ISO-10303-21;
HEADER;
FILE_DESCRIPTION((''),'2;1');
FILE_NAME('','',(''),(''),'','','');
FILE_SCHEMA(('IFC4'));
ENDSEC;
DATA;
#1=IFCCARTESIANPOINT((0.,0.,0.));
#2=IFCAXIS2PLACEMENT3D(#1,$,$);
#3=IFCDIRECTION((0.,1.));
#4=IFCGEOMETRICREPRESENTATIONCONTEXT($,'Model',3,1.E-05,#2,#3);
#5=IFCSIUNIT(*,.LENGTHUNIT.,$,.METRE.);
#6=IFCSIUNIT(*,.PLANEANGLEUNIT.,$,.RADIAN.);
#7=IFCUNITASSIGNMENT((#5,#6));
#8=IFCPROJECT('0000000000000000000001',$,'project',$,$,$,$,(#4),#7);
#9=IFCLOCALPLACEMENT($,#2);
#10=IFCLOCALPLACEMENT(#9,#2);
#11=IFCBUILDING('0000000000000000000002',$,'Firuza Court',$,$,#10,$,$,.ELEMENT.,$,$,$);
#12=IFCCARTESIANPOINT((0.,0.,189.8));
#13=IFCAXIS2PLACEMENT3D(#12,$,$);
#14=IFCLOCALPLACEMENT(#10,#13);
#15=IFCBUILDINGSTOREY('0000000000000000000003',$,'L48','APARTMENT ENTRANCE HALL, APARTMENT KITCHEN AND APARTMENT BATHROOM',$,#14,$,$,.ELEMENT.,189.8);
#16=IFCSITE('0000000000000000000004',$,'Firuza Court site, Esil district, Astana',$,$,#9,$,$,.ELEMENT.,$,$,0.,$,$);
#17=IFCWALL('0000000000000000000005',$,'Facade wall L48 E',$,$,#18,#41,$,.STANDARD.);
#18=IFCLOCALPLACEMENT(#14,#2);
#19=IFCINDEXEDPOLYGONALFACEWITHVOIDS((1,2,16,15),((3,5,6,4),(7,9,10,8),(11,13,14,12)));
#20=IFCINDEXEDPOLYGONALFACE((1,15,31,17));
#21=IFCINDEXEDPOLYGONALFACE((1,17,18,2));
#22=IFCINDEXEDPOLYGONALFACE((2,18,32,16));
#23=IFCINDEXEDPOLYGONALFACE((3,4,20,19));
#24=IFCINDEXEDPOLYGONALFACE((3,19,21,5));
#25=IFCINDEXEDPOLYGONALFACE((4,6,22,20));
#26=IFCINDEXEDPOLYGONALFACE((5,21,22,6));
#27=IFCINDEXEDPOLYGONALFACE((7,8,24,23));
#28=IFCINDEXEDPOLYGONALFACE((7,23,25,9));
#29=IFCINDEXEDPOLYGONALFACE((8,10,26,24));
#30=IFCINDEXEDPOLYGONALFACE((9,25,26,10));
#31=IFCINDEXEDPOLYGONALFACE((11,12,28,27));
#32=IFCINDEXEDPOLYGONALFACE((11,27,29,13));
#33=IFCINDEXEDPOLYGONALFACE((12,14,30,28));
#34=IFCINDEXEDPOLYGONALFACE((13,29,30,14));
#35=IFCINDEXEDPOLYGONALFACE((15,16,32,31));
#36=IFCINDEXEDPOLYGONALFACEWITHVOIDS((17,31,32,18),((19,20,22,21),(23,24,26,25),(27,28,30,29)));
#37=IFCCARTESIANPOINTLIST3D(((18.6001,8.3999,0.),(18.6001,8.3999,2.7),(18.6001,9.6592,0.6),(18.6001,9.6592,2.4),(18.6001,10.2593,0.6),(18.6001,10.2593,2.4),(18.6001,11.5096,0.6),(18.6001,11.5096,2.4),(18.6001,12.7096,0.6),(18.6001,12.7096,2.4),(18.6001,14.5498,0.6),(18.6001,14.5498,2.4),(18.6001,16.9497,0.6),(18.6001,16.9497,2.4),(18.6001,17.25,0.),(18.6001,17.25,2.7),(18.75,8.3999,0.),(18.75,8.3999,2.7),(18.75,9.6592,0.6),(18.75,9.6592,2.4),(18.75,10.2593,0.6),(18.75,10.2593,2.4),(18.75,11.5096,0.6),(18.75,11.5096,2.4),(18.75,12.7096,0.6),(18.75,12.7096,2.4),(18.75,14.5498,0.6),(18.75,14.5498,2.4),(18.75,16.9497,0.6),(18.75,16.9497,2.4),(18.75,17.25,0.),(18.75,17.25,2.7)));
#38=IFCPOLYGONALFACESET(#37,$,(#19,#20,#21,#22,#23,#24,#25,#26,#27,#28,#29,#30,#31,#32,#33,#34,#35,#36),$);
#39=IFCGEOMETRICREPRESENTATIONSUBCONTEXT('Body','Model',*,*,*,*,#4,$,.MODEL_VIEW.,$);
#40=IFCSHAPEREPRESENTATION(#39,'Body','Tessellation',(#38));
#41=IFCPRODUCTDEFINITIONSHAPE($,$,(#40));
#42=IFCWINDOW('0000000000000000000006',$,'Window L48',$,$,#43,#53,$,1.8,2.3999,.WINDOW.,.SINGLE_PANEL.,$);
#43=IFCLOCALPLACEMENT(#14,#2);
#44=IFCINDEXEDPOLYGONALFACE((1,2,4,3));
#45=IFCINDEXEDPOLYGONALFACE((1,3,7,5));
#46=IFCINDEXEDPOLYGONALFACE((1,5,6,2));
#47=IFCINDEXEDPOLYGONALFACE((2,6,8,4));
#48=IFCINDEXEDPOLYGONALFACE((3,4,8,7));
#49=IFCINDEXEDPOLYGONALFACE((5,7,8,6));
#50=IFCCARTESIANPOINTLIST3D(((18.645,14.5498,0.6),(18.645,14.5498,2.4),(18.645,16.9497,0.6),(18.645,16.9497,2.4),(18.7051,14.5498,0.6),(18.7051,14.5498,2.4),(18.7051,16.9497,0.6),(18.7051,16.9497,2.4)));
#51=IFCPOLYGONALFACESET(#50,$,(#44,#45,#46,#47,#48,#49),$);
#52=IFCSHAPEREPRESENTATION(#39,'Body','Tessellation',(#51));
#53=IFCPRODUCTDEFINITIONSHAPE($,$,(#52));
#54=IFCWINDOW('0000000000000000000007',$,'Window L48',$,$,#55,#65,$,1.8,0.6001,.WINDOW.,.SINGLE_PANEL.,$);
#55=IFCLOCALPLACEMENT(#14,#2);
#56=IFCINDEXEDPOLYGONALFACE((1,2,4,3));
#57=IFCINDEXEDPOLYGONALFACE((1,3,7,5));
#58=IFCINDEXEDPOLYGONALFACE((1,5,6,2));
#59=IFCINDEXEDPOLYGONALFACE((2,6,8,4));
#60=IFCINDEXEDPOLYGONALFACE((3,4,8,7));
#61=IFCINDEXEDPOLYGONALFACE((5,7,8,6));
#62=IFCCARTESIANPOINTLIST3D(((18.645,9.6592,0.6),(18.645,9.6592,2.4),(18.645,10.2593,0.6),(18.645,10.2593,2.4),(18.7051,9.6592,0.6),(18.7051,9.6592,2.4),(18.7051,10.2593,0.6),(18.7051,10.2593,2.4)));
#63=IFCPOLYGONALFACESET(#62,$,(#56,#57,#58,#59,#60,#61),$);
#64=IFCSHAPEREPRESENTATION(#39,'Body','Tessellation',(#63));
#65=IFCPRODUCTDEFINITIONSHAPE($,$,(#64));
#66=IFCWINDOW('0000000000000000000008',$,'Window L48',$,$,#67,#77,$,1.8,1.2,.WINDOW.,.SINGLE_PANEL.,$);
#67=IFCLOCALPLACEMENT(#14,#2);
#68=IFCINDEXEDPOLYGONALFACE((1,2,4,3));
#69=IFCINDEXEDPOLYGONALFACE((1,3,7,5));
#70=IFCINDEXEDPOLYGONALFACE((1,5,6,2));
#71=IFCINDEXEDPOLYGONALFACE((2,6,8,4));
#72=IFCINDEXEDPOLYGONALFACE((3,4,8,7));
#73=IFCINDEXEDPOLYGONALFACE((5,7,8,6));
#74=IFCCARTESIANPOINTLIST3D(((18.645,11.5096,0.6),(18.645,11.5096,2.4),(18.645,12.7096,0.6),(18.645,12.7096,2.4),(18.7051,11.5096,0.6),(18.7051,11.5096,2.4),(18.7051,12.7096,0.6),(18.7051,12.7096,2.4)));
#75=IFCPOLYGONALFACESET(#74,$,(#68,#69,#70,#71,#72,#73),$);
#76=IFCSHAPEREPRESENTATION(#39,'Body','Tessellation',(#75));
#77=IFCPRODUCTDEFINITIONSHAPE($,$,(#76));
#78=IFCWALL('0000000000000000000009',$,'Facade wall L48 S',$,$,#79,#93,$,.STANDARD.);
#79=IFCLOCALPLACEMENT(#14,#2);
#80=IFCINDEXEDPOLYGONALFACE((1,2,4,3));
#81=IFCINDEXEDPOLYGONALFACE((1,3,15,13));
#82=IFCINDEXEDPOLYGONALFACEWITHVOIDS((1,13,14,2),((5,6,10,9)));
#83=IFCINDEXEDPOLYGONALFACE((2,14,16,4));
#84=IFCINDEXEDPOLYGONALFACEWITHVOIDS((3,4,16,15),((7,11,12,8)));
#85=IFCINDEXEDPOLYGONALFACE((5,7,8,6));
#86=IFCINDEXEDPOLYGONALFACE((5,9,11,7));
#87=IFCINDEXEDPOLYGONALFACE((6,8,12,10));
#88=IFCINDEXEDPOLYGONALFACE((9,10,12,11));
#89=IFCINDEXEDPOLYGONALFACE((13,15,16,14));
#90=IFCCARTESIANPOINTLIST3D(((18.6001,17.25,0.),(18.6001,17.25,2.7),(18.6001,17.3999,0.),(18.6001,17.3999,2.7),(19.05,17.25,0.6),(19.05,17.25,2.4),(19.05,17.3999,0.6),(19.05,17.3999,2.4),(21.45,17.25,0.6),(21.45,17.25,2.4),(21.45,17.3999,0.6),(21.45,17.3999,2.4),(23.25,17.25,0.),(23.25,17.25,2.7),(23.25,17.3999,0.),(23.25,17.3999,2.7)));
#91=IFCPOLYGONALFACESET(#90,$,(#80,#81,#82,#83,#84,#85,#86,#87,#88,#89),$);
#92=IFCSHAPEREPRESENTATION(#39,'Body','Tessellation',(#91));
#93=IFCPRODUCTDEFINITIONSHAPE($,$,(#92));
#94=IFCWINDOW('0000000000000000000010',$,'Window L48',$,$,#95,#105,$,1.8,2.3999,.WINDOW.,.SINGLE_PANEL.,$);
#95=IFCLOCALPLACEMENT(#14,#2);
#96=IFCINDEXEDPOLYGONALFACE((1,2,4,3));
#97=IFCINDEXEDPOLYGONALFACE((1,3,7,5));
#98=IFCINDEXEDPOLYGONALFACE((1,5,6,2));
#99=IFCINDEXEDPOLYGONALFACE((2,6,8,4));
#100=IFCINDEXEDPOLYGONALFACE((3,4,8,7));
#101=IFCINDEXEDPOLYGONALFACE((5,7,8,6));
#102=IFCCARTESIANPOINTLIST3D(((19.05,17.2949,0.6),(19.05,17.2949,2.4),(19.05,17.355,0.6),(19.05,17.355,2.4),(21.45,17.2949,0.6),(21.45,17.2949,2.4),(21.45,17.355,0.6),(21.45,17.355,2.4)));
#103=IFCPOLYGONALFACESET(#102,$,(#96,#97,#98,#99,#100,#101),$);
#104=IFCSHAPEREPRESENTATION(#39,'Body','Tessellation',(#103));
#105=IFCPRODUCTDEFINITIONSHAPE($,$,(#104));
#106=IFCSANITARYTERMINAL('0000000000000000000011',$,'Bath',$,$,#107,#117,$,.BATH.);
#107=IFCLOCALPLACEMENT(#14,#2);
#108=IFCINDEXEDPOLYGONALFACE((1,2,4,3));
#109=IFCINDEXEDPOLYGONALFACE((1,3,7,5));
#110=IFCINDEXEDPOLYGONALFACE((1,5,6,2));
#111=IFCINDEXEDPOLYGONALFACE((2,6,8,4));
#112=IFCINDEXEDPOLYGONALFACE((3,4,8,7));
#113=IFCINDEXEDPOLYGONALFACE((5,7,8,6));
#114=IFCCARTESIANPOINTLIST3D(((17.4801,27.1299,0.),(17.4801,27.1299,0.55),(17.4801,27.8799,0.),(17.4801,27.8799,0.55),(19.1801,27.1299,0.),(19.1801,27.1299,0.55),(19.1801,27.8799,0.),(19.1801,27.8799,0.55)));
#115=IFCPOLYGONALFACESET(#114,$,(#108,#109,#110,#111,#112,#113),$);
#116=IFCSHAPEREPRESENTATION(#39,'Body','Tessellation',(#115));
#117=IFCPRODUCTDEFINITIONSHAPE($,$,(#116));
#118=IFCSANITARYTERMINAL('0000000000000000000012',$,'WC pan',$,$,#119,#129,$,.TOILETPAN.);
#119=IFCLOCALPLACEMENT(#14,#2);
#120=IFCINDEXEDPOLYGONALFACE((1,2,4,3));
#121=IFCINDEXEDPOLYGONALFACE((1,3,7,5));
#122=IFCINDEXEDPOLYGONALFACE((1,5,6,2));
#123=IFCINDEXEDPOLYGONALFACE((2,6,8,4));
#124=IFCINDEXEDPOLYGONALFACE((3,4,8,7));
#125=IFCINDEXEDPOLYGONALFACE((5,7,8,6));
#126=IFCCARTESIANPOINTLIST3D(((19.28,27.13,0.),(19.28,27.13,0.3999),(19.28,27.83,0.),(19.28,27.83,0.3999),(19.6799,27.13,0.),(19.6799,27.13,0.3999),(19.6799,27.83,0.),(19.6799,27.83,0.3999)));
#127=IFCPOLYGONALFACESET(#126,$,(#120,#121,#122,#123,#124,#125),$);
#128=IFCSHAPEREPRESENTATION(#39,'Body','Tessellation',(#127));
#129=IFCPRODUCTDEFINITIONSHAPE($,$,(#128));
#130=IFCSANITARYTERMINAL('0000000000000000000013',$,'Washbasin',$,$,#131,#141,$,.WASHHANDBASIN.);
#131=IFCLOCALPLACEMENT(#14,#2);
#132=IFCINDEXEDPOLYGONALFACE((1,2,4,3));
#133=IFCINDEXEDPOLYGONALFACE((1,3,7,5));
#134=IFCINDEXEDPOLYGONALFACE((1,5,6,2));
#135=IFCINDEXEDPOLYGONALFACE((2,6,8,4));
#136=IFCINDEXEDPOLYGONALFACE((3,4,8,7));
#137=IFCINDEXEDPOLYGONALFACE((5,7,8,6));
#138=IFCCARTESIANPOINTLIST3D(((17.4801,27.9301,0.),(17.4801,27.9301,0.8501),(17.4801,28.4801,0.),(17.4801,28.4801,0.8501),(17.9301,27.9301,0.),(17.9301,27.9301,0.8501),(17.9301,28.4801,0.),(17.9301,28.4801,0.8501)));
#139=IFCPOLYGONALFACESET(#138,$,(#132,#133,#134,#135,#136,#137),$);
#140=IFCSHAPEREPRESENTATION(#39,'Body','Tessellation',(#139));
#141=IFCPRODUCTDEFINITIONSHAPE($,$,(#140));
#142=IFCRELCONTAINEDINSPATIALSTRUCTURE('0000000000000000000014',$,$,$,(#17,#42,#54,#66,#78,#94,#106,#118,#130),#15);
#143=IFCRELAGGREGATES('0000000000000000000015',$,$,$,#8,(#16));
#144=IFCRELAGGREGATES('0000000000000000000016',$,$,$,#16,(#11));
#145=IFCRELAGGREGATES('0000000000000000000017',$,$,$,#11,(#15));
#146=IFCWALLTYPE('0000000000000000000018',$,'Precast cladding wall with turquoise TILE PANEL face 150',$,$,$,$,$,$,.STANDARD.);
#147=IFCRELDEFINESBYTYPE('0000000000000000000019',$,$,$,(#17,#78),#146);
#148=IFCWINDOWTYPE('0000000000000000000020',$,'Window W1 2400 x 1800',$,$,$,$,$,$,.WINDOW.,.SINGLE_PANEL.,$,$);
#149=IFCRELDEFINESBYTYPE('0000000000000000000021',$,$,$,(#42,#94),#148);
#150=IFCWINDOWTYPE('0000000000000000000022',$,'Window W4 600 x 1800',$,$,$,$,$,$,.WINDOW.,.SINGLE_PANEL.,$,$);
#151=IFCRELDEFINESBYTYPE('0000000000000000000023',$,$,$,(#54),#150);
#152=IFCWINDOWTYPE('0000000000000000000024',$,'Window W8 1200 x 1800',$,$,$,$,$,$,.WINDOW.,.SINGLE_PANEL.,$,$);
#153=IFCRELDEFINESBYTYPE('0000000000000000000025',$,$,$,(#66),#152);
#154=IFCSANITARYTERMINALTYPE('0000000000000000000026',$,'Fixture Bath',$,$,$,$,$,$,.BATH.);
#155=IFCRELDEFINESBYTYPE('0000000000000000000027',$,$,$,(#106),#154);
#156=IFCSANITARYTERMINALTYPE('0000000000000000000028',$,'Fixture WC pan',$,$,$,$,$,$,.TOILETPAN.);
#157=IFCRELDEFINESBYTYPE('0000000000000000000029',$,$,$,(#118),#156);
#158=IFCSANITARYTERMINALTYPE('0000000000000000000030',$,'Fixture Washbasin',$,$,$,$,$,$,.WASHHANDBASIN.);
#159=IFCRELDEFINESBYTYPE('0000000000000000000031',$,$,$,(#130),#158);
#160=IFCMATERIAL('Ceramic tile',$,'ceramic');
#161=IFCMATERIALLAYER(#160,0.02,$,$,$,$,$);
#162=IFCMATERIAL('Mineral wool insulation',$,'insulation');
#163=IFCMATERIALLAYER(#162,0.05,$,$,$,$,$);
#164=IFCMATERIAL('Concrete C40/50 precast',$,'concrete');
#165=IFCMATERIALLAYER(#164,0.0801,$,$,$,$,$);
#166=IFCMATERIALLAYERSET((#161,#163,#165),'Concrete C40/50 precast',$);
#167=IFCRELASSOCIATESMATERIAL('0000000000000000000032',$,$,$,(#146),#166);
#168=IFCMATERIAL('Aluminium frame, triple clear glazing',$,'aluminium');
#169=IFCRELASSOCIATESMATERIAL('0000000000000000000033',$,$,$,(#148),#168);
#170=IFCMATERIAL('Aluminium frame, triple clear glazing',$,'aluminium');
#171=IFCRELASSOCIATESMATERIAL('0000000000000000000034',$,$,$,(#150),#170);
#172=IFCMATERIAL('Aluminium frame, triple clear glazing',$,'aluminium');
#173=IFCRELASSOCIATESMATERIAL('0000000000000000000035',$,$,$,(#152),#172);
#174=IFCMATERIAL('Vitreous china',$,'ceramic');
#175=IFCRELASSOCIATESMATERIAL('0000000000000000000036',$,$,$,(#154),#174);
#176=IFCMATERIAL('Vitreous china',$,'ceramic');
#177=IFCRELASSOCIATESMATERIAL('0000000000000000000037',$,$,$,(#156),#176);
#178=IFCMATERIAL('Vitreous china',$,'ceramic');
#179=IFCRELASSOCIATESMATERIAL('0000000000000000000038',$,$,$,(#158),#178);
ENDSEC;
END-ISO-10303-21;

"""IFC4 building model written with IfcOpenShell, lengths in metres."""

from ifc_helpers import new_model, si_unit, direction, frame, frame_2d, origin, origin_2d, place, context, subcontext, project, spatial, rectangle, extrude, material, layer, layer_set, type_object, element, fill, save


model = new_model("IFC4")

# Units and contexts
model_context = context("Model", 3, precision=1e-05, world=origin(), true_north=direction((0.0, 1.0)))
body_context = subcontext(model_context, "Body", "Model", "MODEL_VIEW")
ifc_project = project(units=[si_unit("LENGTHUNIT", "METRE"), si_unit("PLANEANGLEUNIT", "RADIAN")], contexts=[model_context])

# Site, building, storey
site_placement = place(None, origin())
site = spatial("IfcSite", under=ifc_project, at=site_placement, Name="Firuza Court site, Esil district, Astana", CompositionType="ELEMENT", RefElevation=0.0)
building_placement = place(site_placement, origin())
building = spatial("IfcBuilding", under=site, at=building_placement, Name="Firuza Court", CompositionType="ELEMENT")
storey_placement = place(building_placement, frame((0.0, 0.0, 189.8)))
storey = spatial("IfcBuildingStorey", under=building, at=storey_placement, Name="L48", Description="APARTMENT ENTRANCE HALL, APARTMENT KITCHEN AND APARTMENT BATHROOM", CompositionType="ELEMENT", Elevation=189.8)

# Wall, openings, windows
ifc_material_1 = material(Name="Ceramic tile", Category="ceramic")
ifc_layer_1 = layer(ifc_material_1, 0.02)
ifc_material_2 = material(Name="Mineral wool insulation", Category="insulation")
ifc_layer_2 = layer(ifc_material_2, 0.05)
ifc_material_3 = material(Name="Concrete C40/50 precast", Category="concrete")
ifc_layer_3 = layer(ifc_material_3, 0.0801)
ifc_layer_set_1 = layer_set([ifc_layer_1, ifc_layer_2, ifc_layer_3], Name="Concrete C40/50 precast")
wall_type_1 = type_object("IfcWallType", Name="Precast cladding wall with turquoise TILE PANEL face 150", PredefinedType="STANDARD", material=ifc_layer_set_1)
wall_1_placement = place(storey_placement, frame((18.675, 8.3999, 0.0), z_axis=(0.0, 0.0, 1.0), x_axis=(0.0, 1.0, 0.0)))
wall_1 = element("IfcWall", 1, at=wall_1_placement, inside=storey, type_object=wall_type_1, Name="Facade wall L48 E", PredefinedType="STANDARD", context=body_context, shape_type="SweptSolid", body=[
    extrude(rectangle(XDim=8.8501, YDim=0.1499, at=frame_2d((4.425, 0.0))), origin(), (0.0, 0.0, 1.0), 2.7),
])
opening_1_placement = place(wall_1_placement, frame((1.2593, 0.0, 0.6001)))
opening_1 = element("IfcOpeningElement", 2, at=opening_1_placement, cuts=wall_1, PredefinedType="OPENING", context=body_context, shape_type="SweptSolid", body=[
    extrude(rectangle(XDim=0.6001, YDim=1.8, at=frame_2d((0.3, 0.8999))), frame((0.0, 0.0869, 0.0), z_axis=(0.0, -1.0, 0.0), x_axis=(1.0, 0.0, 0.0)), (0.0, 0.0, 1.0), 0.1738),
])
opening_2_placement = place(wall_1_placement, frame((3.1096, 0.0, 0.6001)))
opening_2 = element("IfcOpeningElement", 3, at=opening_2_placement, cuts=wall_1, PredefinedType="OPENING", context=body_context, shape_type="SweptSolid", body=[
    extrude(rectangle(XDim=1.2, YDim=1.8, at=frame_2d((0.6001, 0.8999))), frame((0.0, 0.0869, 0.0), z_axis=(0.0, -1.0, 0.0), x_axis=(1.0, 0.0, 0.0)), (0.0, 0.0, 1.0), 0.1738),
])
opening_3_placement = place(wall_1_placement, frame((6.1499, 0.0, 0.6001)))
opening_3 = element("IfcOpeningElement", 4, at=opening_3_placement, cuts=wall_1, PredefinedType="OPENING", context=body_context, shape_type="SweptSolid", body=[
    extrude(rectangle(XDim=2.3999, YDim=1.8, at=frame_2d((1.2, 0.8999))), frame((0.0, 0.0869, 0.0), z_axis=(0.0, -1.0, 0.0), x_axis=(1.0, 0.0, 0.0)), (0.0, 0.0, 1.0), 0.1738),
])
ifc_material_4 = material(Name="Aluminium frame, triple clear glazing", Category="aluminium")
window_type_1 = type_object("IfcWindowType", Name="Window W1 2400 x 1800", PartitioningType="SINGLE_PANEL", PredefinedType="WINDOW", material=ifc_material_4)
window_1_placement = place(opening_3_placement, origin())
window_1 = element("IfcWindow", 5, at=window_1_placement, inside=storey, type_object=window_type_1, Name="Window L48", OverallHeight=1.8, OverallWidth=2.3999, PartitioningType="SINGLE_PANEL", PredefinedType="WINDOW", context=body_context, shape_type="SweptSolid", body=[
    extrude(rectangle(XDim=2.3999, YDim=1.8, at=frame_2d((1.2, 0.8999))), frame((0.0, 0.03, 0.0), z_axis=(0.0, -1.0, 0.0), x_axis=(1.0, 0.0, 0.0)), (0.0, 0.0, 1.0), 0.0601),
])
fill(opening_3, window_1)
ifc_material_5 = material(Name="Aluminium frame, triple clear glazing", Category="aluminium")
window_type_2 = type_object("IfcWindowType", Name="Window W4 600 x 1800", PartitioningType="SINGLE_PANEL", PredefinedType="WINDOW", material=ifc_material_5)
window_2_placement = place(opening_1_placement, origin())
window_2 = element("IfcWindow", 6, at=window_2_placement, inside=storey, type_object=window_type_2, Name="Window L48", OverallHeight=1.8, OverallWidth=0.6001, PartitioningType="SINGLE_PANEL", PredefinedType="WINDOW", context=body_context, shape_type="SweptSolid", body=[
    extrude(rectangle(XDim=0.6001, YDim=1.8, at=frame_2d((0.3, 0.8999))), frame((0.0, 0.03, 0.0), z_axis=(0.0, -1.0, 0.0), x_axis=(1.0, 0.0, 0.0)), (0.0, 0.0, 1.0), 0.0601),
])
fill(opening_1, window_2)
ifc_material_6 = material(Name="Aluminium frame, triple clear glazing", Category="aluminium")
window_type_3 = type_object("IfcWindowType", Name="Window W8 1200 x 1800", PartitioningType="SINGLE_PANEL", PredefinedType="WINDOW", material=ifc_material_6)
window_3_placement = place(opening_2_placement, origin())
window_3 = element("IfcWindow", 7, at=window_3_placement, inside=storey, type_object=window_type_3, Name="Window L48", OverallHeight=1.8, OverallWidth=1.2, PartitioningType="SINGLE_PANEL", PredefinedType="WINDOW", context=body_context, shape_type="SweptSolid", body=[
    extrude(rectangle(XDim=1.2, YDim=1.8, at=frame_2d((0.6001, 0.8999))), frame((0.0, 0.03, 0.0), z_axis=(0.0, -1.0, 0.0), x_axis=(1.0, 0.0, 0.0)), (0.0, 0.0, 1.0), 0.0601),
])
fill(opening_2, window_3)

# Wall, opening, window
wall_2_placement = place(storey_placement, frame((18.6001, 17.325, 0.0), z_axis=(0.0, 0.0, 1.0), x_axis=(1.0, 0.0, 0.0)))
wall_2 = element("IfcWall", 8, at=wall_2_placement, inside=storey, type_object=wall_type_1, Name="Facade wall L48 S", PredefinedType="STANDARD", context=body_context, shape_type="SweptSolid", body=[
    extrude(rectangle(XDim=4.6499, YDim=0.1499, at=frame_2d((2.325, 0.0))), origin(), (0.0, 0.0, 1.0), 2.7),
])
opening_4_placement = place(wall_2_placement, frame((0.45, 0.0, 0.6001)))
opening_4 = element("IfcOpeningElement", 9, at=opening_4_placement, cuts=wall_2, PredefinedType="OPENING", context=body_context, shape_type="SweptSolid", body=[
    extrude(rectangle(XDim=2.3999, YDim=1.8, at=frame_2d((1.2, 0.8999))), frame((0.0, 0.0869, 0.0), z_axis=(0.0, -1.0, 0.0), x_axis=(1.0, 0.0, 0.0)), (0.0, 0.0, 1.0), 0.1738),
])
window_4_placement = place(opening_4_placement, origin())
window_4 = element("IfcWindow", 10, at=window_4_placement, inside=storey, type_object=window_type_1, Name="Window L48", OverallHeight=1.8, OverallWidth=2.3999, PartitioningType="SINGLE_PANEL", PredefinedType="WINDOW", context=body_context, shape_type="SweptSolid", body=[
    extrude(rectangle(XDim=2.3999, YDim=1.8, at=frame_2d((1.2, 0.8999))), frame((0.0, 0.03, 0.0), z_axis=(0.0, -1.0, 0.0), x_axis=(1.0, 0.0, 0.0)), (0.0, 0.0, 1.0), 0.0601),
])
fill(opening_4, window_4)

# Sanitary terminals
ifc_material_7 = material(Name="Vitreous china", Category="ceramic")
sanitary_terminal_type_1 = type_object("IfcSanitaryTerminalType", Name="Fixture Bath", PredefinedType="BATH", material=ifc_material_7)
sanitary_terminal_1_placement = place(storey_placement, frame((18.3301, 27.5049, 0.0), z_axis=(0.0, 0.0, 1.0), x_axis=(1.0, 0.0, 0.0)))
element("IfcSanitaryTerminal", 11, at=sanitary_terminal_1_placement, inside=storey, type_object=sanitary_terminal_type_1, Name="Bath", PredefinedType="BATH", context=body_context, shape_type="SweptSolid", body=[
    extrude(rectangle(XDim=1.7, YDim=0.75, at=origin_2d()), origin(), (0.0, 0.0, 1.0), 0.55),
])
ifc_material_8 = material(Name="Vitreous china", Category="ceramic")
sanitary_terminal_type_2 = type_object("IfcSanitaryTerminalType", Name="Fixture WC pan", PredefinedType="TOILETPAN", material=ifc_material_8)
sanitary_terminal_2_placement = place(storey_placement, frame((19.48, 27.48, 0.0), z_axis=(0.0, 0.0, 1.0), x_axis=(1.0, 0.0, 0.0)))
element("IfcSanitaryTerminal", 12, at=sanitary_terminal_2_placement, inside=storey, type_object=sanitary_terminal_type_2, Name="WC pan", PredefinedType="TOILETPAN", context=body_context, shape_type="SweptSolid", body=[
    extrude(rectangle(XDim=0.3999, YDim=0.7, at=origin_2d()), origin(), (0.0, 0.0, 1.0), 0.3999),
])
ifc_material_9 = material(Name="Vitreous china", Category="ceramic")
sanitary_terminal_type_3 = type_object("IfcSanitaryTerminalType", Name="Fixture Washbasin", PredefinedType="WASHHANDBASIN", material=ifc_material_9)
sanitary_terminal_3_placement = place(storey_placement, frame((17.7051, 28.2051, 0.0), z_axis=(0.0, 0.0, 1.0), x_axis=(1.0, 0.0, 0.0)))
element("IfcSanitaryTerminal", 13, at=sanitary_terminal_3_placement, inside=storey, type_object=sanitary_terminal_type_3, Name="Washbasin", PredefinedType="WASHHANDBASIN", context=body_context, shape_type="SweptSolid", body=[
    extrude(rectangle(XDim=0.45, YDim=0.55, at=origin_2d()), origin(), (0.0, 0.0, 1.0), 0.8501),
])

save(model, "model.ifc")
